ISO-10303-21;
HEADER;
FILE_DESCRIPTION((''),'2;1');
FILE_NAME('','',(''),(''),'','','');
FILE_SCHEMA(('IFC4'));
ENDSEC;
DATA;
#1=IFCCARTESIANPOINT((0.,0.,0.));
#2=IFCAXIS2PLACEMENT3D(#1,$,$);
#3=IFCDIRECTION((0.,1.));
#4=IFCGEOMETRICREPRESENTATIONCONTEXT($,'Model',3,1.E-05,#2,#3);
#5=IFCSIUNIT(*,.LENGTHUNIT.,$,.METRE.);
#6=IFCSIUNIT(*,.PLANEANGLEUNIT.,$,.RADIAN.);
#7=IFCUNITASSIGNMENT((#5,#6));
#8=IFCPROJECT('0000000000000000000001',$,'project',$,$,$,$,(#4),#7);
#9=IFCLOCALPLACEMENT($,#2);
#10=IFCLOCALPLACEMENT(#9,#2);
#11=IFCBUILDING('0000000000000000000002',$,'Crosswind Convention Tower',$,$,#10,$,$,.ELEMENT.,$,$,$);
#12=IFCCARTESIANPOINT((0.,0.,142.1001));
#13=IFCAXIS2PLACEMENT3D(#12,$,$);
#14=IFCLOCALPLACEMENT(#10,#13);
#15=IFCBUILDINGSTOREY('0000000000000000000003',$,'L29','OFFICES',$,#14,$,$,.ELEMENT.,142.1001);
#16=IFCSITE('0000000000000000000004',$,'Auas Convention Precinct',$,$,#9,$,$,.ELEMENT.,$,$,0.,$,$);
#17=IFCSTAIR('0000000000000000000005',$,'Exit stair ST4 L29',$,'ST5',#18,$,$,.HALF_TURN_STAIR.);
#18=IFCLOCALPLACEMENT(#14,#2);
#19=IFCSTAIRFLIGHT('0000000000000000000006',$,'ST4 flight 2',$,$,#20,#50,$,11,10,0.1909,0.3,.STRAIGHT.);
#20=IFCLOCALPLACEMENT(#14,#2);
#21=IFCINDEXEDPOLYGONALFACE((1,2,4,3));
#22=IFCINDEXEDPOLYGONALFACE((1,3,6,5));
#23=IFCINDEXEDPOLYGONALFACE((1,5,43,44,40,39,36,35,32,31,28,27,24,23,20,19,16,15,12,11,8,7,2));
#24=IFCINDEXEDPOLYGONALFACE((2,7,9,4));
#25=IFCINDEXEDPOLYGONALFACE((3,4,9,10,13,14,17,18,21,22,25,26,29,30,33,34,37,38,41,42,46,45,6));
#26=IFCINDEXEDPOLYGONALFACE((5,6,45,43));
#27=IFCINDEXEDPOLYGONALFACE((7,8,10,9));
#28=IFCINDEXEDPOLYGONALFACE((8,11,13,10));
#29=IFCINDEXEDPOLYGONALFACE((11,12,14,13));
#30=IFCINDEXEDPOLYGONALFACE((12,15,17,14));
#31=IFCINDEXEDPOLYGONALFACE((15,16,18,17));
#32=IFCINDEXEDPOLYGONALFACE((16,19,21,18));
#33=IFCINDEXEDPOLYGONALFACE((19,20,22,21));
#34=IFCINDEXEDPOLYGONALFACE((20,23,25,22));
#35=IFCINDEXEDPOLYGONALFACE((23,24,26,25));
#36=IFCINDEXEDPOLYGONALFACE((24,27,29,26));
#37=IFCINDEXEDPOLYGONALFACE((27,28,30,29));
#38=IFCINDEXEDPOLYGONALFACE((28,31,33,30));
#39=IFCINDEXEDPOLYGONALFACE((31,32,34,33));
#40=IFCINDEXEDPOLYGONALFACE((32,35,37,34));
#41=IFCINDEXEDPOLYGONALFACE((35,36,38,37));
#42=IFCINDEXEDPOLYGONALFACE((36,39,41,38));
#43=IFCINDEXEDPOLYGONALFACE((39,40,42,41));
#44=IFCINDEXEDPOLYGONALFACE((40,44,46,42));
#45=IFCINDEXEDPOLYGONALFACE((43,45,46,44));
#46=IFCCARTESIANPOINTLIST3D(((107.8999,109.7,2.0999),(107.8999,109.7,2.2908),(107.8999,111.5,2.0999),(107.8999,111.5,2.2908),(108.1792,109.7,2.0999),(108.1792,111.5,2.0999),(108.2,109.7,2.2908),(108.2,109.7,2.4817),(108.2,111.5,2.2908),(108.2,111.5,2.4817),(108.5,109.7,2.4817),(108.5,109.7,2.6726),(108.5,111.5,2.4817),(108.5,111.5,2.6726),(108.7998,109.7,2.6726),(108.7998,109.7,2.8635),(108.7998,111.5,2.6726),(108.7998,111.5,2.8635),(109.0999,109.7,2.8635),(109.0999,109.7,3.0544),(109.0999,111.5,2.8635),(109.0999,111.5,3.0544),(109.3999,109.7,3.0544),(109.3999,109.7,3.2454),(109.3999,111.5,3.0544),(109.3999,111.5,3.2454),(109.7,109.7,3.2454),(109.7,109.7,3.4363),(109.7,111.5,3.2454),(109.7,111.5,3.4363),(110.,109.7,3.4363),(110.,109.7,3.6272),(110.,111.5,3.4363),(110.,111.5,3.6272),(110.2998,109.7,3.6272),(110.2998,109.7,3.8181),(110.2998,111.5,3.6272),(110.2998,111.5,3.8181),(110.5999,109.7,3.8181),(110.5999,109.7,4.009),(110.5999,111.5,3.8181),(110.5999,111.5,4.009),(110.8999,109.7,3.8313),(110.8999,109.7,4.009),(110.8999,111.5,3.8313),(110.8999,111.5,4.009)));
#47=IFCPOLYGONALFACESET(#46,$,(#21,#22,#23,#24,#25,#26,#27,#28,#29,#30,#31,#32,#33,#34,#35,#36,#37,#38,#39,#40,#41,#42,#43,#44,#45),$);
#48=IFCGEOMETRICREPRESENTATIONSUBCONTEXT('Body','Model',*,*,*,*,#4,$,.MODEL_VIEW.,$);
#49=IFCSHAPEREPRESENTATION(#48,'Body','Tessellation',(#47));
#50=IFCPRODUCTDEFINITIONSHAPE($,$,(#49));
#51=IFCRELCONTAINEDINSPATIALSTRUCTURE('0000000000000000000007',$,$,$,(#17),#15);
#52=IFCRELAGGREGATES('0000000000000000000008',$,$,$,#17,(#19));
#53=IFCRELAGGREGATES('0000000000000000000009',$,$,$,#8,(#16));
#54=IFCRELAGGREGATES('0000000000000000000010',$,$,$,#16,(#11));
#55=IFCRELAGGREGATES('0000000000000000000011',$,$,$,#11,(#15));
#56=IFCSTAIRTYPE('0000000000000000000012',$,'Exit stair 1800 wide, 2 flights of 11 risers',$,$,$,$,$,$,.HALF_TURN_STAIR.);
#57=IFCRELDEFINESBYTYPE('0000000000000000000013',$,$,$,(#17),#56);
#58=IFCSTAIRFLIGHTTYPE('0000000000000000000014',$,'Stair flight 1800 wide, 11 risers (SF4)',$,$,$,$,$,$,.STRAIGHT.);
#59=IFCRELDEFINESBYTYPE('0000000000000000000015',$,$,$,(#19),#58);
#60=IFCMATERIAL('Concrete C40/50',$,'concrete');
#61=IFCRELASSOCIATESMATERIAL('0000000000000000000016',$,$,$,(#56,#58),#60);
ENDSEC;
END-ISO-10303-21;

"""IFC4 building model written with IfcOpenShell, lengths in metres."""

from ifc_helpers import new_model, si_unit, direction, frame, origin, place, context, subcontext, project, spatial, polyline, outline, extrude, material, type_object, element, aggregate, save


model = new_model("IFC4")

# Units and contexts
model_context = context("Model", 3, precision=1e-05, world=origin(), true_north=direction((0.0, 1.0)))
body_context = subcontext(model_context, "Body", "Model", "MODEL_VIEW")
ifc_project = project(units=[si_unit("LENGTHUNIT", "METRE"), si_unit("PLANEANGLEUNIT", "RADIAN")], contexts=[model_context])

# Site, building, storey
site_placement = place(None, origin())
site = spatial("IfcSite", under=ifc_project, at=site_placement, Name="Auas Convention Precinct", CompositionType="ELEMENT", RefElevation=0.0)
building_placement = place(site_placement, origin())
building = spatial("IfcBuilding", under=site, at=building_placement, Name="Crosswind Convention Tower", CompositionType="ELEMENT")
storey_placement = place(building_placement, frame((0.0, 0.0, 142.1001)))
storey = spatial("IfcBuildingStorey", under=building, at=storey_placement, Name="L29", Description="OFFICES", CompositionType="ELEMENT", Elevation=142.1001)

# Stair, stair flight
ifc_material_1 = material(Name="Concrete C40/50", Category="concrete")
stair_type = type_object("IfcStairType", Name="Exit stair 1800 wide, 2 flights of 11 risers", PredefinedType="HALF_TURN_STAIR", material=ifc_material_1)
stair_placement = place(storey_placement, origin())
stair = element("IfcStair", 1, at=stair_placement, inside=storey, type_object=stair_type, Name="Exit stair ST4 L29", ObjectType="ST5", PredefinedType="HALF_TURN_STAIR")
stair_flight_type = type_object("IfcStairFlightType", Name="Stair flight 1800 wide, 11 risers (SF4)", PredefinedType="STRAIGHT", material=ifc_material_1)
stair_flight_1_placement = place(storey_placement, frame((107.8999, 110.6001, 2.0999), z_axis=(0.0, 0.0, 1.0), x_axis=(1.0, 0.0, 0.0)))
stair_flight_1 = element("IfcStairFlight", 2, at=stair_flight_1_placement, type_object=stair_flight_type, Name="ST4 flight 2", NumberOfRisers=11, NumberOfTreads=10, PredefinedType="STRAIGHT", RiserHeight=0.1909, TreadLength=0.3, context=body_context, shape_type="SweptSolid", body=[
    extrude(outline(polyline([(0.0, 0.0), (0.0, 0.1909), (0.3, 0.1909), (0.3, 0.3818), (0.6001, 0.3818), (0.6001, 0.5728), (0.8999, 0.5728), (0.8999, 0.7637), (1.2, 0.7637), (1.2, 0.9546), (1.5, 0.9546), (1.5, 1.1455), (1.8, 1.1455), (1.8, 1.3364), (2.1001, 1.3364), (2.1001, 1.5273), (2.3999, 1.5273), (2.3999, 1.7183), (2.7, 1.7183), (2.7, 1.9092), (3.0, 1.9092), (3.0, 2.1001), (3.0, 1.7314), (0.2793, 0.0), (0.0, 0.0)])), frame((0.0, 0.8999, 0.0), z_axis=(0.0, -1.0, 0.0), x_axis=(1.0, 0.0, 0.0)), (0.0, 0.0, 1.0), 1.8),
])
aggregate(stair, [stair_flight_1])

save(model, "model.ifc")
